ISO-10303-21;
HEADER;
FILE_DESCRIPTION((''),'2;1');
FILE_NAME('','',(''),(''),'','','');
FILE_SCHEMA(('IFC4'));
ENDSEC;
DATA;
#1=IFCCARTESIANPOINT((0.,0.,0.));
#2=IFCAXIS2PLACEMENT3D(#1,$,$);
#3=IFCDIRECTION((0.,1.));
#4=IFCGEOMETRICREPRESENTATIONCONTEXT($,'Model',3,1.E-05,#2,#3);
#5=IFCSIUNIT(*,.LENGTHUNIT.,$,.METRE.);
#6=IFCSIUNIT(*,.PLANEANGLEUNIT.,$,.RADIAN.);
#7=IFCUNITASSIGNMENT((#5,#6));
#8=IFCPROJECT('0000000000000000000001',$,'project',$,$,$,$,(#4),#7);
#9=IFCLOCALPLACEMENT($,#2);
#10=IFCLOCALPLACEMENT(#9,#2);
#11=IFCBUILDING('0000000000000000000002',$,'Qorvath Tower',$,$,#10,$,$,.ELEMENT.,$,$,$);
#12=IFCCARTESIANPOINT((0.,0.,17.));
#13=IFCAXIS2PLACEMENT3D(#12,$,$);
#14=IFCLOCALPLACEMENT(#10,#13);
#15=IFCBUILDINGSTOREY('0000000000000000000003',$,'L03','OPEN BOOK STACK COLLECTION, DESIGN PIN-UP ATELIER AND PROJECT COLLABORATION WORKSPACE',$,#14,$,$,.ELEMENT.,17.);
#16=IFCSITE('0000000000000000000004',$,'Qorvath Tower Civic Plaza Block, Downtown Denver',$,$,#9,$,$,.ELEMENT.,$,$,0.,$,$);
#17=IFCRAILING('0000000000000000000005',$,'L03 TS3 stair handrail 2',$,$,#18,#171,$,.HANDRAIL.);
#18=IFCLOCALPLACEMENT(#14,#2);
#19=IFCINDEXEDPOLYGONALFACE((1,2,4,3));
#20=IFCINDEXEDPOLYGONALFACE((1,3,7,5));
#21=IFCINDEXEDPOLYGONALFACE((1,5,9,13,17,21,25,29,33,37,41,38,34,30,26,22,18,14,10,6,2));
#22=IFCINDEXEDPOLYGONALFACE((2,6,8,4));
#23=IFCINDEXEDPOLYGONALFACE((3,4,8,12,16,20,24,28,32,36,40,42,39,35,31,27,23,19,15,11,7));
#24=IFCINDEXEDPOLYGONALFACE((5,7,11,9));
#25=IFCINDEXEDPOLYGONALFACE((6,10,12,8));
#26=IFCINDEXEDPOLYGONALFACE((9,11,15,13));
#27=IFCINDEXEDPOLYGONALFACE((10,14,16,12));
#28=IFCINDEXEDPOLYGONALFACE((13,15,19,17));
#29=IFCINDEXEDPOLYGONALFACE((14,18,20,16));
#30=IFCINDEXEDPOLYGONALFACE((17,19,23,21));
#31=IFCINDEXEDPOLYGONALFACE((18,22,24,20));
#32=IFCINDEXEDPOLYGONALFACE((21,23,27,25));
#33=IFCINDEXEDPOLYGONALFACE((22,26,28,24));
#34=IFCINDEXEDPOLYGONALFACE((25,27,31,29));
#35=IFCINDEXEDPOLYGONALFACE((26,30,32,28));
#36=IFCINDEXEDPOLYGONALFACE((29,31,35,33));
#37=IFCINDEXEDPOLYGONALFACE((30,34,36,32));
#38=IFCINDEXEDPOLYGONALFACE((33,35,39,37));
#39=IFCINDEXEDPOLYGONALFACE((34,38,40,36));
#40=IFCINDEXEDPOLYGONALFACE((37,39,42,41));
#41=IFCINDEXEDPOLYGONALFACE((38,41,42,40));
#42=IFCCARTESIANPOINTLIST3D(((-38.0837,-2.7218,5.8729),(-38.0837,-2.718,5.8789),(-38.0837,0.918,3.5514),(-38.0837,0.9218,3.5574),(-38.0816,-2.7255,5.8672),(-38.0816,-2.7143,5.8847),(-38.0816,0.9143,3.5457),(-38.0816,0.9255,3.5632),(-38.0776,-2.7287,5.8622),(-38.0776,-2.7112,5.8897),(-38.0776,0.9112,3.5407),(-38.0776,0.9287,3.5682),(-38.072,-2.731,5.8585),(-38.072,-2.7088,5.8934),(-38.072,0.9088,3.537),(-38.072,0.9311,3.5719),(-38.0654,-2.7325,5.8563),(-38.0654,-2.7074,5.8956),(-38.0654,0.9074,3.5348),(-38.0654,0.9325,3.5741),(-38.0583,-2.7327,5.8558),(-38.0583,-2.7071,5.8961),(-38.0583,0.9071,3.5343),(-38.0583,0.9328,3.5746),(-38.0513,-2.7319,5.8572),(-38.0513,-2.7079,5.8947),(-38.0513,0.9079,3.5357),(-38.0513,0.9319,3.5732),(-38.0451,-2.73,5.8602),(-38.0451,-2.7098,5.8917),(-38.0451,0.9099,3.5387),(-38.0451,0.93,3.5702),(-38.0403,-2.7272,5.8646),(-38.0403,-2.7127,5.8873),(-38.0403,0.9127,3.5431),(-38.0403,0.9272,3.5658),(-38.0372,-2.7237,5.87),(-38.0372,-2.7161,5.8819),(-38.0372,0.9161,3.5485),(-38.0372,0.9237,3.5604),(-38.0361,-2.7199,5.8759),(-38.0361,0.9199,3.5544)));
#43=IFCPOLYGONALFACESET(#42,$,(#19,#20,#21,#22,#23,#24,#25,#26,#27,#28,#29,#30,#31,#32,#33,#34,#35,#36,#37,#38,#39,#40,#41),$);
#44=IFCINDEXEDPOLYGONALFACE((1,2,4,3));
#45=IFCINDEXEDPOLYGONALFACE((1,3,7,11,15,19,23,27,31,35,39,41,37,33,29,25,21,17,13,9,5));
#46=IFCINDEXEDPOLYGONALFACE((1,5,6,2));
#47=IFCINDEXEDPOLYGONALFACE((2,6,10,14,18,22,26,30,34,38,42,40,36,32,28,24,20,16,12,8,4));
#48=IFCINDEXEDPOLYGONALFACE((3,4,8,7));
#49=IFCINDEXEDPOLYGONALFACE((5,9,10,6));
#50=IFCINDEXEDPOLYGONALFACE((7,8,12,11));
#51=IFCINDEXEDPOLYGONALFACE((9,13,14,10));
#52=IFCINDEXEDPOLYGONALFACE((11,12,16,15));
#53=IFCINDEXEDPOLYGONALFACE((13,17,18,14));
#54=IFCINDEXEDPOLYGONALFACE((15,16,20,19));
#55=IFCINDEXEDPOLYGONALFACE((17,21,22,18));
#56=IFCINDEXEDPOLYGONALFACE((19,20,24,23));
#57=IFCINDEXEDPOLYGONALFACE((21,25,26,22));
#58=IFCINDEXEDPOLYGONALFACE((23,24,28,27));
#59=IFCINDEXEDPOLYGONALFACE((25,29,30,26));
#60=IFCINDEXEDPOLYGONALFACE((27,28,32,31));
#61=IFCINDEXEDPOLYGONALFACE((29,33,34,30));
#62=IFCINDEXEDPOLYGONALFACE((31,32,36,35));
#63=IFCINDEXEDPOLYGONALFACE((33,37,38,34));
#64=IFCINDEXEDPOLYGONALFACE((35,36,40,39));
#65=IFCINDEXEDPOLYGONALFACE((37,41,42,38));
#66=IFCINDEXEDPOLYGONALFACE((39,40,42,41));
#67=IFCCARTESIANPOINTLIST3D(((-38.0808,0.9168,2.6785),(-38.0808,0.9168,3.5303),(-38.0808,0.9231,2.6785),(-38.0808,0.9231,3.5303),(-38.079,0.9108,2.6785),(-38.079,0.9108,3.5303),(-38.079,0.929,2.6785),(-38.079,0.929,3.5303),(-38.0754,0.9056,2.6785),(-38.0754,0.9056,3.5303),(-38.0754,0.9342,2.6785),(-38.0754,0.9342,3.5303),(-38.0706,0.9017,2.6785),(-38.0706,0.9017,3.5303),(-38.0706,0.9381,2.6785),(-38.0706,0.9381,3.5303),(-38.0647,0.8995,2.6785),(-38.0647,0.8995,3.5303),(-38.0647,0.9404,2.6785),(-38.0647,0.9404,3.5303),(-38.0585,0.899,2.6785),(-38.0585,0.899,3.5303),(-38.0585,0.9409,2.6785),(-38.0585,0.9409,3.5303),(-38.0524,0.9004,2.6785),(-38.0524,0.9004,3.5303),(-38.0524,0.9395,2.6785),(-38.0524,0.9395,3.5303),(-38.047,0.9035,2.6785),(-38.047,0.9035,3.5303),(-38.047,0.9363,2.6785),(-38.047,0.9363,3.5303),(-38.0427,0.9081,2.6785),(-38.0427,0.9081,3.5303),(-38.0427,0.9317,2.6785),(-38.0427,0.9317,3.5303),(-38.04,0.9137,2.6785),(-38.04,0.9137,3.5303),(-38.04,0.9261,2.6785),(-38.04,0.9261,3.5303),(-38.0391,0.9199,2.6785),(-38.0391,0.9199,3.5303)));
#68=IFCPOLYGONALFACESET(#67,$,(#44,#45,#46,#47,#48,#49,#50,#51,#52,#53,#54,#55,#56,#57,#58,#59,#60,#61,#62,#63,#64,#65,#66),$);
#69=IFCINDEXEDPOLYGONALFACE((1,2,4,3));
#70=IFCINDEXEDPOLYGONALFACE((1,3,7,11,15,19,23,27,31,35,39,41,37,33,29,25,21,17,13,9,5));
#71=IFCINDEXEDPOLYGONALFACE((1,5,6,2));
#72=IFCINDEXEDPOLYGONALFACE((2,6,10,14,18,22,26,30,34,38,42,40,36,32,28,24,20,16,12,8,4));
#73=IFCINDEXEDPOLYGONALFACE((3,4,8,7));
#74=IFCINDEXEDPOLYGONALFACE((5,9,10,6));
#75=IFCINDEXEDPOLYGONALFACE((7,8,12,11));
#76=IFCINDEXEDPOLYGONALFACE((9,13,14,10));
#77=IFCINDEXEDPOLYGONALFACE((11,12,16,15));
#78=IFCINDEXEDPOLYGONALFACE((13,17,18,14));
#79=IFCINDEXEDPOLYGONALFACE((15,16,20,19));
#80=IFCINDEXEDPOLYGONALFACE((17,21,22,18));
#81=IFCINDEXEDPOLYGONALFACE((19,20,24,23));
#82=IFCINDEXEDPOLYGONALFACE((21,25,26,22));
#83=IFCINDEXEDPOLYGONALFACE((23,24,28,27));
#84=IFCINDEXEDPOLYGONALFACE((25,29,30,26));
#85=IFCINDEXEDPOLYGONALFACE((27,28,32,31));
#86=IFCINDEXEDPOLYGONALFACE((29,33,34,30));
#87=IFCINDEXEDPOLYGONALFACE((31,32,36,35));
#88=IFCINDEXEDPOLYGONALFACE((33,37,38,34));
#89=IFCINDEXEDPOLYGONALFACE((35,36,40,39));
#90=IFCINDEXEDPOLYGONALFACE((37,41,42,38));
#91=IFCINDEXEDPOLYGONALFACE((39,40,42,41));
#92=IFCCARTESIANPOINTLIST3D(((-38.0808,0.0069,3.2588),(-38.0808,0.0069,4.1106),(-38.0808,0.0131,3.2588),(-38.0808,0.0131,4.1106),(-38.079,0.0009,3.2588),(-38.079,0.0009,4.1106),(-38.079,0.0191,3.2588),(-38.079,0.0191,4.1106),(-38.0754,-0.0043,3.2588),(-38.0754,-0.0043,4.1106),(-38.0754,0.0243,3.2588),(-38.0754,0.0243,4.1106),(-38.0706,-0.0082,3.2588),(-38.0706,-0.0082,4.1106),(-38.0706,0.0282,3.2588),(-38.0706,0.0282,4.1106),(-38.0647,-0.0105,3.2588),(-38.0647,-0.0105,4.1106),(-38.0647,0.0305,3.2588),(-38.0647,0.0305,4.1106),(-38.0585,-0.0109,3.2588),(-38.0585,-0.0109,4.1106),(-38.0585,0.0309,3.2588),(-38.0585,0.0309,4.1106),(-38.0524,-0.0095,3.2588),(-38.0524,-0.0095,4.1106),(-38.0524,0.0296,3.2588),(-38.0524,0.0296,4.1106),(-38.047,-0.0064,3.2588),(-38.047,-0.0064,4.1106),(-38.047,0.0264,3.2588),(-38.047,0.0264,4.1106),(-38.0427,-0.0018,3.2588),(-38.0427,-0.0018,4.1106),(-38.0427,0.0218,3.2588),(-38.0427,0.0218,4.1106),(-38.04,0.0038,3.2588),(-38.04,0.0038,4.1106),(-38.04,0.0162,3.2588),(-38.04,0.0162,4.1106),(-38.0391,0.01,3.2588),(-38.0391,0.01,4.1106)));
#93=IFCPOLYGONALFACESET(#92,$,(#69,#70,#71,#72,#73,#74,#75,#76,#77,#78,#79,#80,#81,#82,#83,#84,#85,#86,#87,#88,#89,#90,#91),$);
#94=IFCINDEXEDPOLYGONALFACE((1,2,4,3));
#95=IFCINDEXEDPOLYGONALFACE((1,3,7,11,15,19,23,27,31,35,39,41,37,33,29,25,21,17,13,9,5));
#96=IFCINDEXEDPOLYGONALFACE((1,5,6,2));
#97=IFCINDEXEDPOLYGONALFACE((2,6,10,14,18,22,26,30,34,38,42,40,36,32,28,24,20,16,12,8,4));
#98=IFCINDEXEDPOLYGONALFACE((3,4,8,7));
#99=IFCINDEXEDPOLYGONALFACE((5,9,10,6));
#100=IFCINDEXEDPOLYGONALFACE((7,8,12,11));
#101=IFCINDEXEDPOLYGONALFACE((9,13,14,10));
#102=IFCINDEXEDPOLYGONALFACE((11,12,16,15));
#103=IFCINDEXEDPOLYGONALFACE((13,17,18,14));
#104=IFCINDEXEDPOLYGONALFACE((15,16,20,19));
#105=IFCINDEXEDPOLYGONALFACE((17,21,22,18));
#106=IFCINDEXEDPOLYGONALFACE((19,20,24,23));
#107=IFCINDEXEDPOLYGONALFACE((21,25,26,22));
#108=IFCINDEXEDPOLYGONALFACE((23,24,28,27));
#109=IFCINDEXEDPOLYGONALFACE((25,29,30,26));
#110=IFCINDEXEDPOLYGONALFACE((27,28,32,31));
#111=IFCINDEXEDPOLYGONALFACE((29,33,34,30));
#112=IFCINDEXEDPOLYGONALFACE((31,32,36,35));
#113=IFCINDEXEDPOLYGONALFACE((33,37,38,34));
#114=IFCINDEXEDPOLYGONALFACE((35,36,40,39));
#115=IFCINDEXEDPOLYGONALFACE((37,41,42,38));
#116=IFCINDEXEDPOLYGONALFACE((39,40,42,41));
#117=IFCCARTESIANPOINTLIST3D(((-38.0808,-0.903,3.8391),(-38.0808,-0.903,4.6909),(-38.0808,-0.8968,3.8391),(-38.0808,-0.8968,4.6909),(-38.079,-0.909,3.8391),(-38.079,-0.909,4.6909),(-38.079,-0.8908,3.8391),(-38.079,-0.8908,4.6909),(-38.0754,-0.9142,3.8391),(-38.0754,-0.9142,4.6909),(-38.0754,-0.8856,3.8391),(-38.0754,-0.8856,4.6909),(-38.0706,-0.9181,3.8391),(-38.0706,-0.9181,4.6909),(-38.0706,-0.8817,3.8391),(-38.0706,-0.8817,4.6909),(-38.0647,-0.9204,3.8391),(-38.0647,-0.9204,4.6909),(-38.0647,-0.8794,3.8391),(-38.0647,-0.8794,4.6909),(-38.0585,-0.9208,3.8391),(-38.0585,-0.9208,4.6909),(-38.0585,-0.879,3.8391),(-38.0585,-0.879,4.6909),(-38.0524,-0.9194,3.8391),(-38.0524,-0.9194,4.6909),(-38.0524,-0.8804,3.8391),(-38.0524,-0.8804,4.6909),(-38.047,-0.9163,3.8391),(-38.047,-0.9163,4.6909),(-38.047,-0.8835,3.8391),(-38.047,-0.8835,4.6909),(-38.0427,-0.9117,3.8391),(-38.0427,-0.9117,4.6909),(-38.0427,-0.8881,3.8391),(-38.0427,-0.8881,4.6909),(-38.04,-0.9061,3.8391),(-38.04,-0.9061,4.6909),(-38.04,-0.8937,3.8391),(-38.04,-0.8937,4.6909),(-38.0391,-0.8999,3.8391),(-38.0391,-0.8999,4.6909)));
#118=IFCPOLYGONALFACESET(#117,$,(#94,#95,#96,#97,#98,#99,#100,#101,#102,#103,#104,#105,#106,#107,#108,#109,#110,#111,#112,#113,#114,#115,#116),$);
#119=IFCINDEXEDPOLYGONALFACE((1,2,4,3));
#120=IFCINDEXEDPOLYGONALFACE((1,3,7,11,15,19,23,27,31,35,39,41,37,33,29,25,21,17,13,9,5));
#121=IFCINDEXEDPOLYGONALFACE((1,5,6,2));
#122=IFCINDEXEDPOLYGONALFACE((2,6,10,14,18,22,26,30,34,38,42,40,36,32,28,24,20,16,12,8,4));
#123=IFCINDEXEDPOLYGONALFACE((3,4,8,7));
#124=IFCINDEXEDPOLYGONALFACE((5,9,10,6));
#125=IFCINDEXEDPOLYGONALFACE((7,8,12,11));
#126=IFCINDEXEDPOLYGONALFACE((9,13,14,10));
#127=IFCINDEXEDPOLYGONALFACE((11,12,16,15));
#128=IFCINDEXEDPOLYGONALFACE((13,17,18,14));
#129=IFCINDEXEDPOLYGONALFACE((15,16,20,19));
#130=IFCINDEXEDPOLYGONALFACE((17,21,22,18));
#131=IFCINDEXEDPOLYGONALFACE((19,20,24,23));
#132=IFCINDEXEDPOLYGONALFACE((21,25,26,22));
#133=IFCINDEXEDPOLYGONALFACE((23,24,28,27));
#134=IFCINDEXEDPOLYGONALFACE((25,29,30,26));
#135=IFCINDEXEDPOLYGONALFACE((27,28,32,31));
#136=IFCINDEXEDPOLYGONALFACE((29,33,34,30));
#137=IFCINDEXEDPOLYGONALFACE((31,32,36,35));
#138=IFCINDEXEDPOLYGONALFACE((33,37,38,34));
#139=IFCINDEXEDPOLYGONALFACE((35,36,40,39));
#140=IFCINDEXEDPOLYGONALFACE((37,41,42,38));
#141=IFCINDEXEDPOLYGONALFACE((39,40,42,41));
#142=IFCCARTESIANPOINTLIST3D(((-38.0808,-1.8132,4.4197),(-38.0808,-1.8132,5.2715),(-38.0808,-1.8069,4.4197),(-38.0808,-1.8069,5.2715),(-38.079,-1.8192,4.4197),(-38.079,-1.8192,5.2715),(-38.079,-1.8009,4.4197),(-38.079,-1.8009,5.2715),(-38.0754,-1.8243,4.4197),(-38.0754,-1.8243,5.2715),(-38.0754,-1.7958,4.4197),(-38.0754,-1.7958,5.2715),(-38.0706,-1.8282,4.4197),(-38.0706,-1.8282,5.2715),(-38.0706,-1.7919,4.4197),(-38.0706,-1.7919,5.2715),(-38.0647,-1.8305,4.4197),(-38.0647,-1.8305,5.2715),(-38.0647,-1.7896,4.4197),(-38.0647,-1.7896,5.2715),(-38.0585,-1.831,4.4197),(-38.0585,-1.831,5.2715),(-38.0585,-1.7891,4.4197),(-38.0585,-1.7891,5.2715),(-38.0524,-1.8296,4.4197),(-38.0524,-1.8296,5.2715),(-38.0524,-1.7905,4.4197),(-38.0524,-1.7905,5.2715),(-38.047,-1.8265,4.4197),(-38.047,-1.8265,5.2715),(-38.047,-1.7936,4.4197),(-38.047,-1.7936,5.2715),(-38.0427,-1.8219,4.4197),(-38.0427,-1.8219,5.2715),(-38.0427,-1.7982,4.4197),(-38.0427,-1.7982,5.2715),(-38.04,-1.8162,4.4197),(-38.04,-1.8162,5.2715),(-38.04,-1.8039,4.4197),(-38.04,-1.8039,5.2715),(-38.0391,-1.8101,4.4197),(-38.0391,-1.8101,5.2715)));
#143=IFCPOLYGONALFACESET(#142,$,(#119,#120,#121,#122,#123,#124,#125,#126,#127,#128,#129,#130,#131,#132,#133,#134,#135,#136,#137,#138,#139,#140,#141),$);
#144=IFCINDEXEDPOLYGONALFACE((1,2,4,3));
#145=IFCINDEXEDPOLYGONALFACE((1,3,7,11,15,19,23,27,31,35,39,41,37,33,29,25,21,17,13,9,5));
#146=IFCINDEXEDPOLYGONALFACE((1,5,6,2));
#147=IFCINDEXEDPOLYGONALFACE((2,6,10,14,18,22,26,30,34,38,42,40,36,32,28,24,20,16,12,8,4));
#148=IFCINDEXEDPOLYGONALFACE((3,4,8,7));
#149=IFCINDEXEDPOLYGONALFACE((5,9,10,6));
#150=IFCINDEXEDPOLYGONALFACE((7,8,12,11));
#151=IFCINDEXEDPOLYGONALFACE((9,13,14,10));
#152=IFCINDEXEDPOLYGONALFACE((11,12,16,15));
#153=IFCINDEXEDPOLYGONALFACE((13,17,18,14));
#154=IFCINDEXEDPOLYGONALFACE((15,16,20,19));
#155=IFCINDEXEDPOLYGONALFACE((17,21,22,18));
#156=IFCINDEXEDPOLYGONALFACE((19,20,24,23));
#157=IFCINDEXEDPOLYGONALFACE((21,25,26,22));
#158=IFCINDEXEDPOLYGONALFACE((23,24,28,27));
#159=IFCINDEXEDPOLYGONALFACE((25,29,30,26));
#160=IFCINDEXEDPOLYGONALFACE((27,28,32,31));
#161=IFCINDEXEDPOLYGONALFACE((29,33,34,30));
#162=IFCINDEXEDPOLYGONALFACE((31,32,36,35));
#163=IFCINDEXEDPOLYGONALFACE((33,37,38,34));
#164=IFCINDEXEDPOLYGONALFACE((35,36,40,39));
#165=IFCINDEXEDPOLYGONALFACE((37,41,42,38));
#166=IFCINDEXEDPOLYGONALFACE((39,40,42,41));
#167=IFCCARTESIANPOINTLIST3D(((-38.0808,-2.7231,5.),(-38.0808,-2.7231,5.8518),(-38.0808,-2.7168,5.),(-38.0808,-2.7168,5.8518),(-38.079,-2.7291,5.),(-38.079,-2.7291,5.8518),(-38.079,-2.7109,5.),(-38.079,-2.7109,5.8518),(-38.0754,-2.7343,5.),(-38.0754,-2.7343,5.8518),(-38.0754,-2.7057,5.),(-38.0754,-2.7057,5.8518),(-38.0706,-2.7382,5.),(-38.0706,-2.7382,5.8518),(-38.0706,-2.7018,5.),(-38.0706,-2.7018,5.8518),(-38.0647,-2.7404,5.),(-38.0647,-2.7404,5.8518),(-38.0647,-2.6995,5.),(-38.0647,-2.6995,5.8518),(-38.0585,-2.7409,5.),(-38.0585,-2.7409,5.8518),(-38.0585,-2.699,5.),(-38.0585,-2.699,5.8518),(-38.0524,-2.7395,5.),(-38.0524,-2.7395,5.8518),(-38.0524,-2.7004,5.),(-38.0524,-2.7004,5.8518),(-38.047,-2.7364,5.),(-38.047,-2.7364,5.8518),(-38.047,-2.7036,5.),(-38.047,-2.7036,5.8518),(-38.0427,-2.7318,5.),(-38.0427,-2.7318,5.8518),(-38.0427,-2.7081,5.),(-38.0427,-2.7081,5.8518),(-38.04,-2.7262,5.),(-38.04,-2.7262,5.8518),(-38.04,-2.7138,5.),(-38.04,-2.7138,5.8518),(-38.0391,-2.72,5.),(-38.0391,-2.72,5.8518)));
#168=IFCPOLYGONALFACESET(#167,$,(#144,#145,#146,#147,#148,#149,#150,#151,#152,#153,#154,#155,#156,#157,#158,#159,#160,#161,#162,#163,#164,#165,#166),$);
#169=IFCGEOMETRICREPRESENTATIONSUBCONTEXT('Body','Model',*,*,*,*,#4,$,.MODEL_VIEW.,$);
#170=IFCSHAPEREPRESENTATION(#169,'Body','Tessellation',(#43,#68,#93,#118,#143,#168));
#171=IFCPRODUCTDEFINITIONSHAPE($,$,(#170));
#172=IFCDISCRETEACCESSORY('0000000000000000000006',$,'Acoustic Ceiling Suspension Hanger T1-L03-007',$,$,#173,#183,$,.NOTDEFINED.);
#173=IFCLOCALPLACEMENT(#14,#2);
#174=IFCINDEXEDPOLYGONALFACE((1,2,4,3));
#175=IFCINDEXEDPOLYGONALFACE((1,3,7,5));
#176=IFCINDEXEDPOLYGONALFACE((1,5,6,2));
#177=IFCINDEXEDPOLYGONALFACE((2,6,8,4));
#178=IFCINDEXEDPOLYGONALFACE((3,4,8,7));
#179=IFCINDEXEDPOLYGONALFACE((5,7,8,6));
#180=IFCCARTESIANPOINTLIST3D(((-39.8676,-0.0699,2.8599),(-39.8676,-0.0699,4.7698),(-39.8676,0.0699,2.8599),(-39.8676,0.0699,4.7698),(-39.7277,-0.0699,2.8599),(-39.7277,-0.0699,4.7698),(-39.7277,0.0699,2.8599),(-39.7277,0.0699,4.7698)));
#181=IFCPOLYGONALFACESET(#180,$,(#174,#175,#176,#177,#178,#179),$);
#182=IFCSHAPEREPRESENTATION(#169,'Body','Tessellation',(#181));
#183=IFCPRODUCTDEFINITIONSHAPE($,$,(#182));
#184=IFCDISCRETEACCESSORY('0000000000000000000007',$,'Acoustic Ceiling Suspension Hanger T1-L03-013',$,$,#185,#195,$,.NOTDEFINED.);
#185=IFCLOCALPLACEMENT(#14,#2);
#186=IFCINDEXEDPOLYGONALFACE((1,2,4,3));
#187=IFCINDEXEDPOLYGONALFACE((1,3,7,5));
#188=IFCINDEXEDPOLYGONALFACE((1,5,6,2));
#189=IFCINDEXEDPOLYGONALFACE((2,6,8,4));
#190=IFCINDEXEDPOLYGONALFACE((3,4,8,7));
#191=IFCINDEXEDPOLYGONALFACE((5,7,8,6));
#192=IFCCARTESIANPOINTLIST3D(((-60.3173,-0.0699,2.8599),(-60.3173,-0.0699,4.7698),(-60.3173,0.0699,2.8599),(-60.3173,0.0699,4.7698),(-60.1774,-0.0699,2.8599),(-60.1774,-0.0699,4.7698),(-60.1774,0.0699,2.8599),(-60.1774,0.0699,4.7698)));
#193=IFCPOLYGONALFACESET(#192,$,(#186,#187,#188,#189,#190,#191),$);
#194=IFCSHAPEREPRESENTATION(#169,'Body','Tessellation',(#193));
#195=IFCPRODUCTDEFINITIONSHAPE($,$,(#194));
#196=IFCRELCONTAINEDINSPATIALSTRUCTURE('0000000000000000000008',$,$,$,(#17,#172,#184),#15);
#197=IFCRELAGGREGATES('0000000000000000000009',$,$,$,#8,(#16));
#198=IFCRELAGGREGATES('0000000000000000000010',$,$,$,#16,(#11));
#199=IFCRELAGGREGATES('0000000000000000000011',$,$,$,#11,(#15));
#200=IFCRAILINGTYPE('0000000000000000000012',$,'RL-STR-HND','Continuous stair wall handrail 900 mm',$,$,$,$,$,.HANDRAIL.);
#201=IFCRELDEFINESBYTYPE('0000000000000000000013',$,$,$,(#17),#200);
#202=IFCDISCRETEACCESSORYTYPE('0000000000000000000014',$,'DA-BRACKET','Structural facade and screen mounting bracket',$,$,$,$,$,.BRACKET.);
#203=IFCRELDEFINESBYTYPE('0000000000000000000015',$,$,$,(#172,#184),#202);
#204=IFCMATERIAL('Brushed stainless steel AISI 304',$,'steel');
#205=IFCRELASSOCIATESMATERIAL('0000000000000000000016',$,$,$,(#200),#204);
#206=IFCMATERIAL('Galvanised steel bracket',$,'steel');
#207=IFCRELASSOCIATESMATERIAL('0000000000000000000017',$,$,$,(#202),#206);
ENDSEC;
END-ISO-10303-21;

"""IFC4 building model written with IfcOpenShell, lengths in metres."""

from ifc_helpers import new_model, si_unit, direction, frame, origin, origin_2d, place, context, subcontext, project, spatial, rectangle, circle, extrude, material, type_object, element, save


model = new_model("IFC4")

# Units and contexts
model_context = context("Model", 3, precision=1e-05, world=origin(), true_north=direction((0.0, 1.0)))
body_context = subcontext(model_context, "Body", "Model", "MODEL_VIEW")
ifc_project = project(units=[si_unit("LENGTHUNIT", "METRE"), si_unit("PLANEANGLEUNIT", "RADIAN")], contexts=[model_context])

# Site, building, storey
site_placement = place(None, origin())
site = spatial("IfcSite", under=ifc_project, at=site_placement, Name="Qorvath Tower Civic Plaza Block, Downtown Denver", CompositionType="ELEMENT", RefElevation=0.0)
building_placement = place(site_placement, origin())
building = spatial("IfcBuilding", under=site, at=building_placement, Name="Qorvath Tower", CompositionType="ELEMENT")
storey_placement = place(building_placement, frame((0.0, 0.0, 17.0)))
storey = spatial("IfcBuildingStorey", under=building, at=storey_placement, Name="L03", Description="OPEN BOOK STACK COLLECTION, DESIGN PIN-UP ATELIER AND PROJECT COLLABORATION WORKSPACE", CompositionType="ELEMENT", Elevation=17.0)

# Railing
ifc_material_1 = material(Name="Brushed stainless steel AISI 304", Category="steel")
railing_type_1 = type_object("IfcRailingType", Name="RL-STR-HND", Description="Continuous stair wall handrail 900 mm", PredefinedType="HANDRAIL", material=ifc_material_1)
railing_1_placement = place(storey_placement, frame((-38.0601, 0.9199, 2.6785)))
element("IfcRailing", 1, at=railing_1_placement, inside=storey, type_object=railing_type_1, Name="L03 TS3 stair handrail 2", PredefinedType="HANDRAIL", context=body_context, shape_type="SweptSolid", body=[
    extrude(circle(Radius=0.0239, at=origin_2d()), frame((0.0, 0.0, 0.876), z_axis=(0.0, -0.843112, 0.537739), x_axis=(1.0, 0.0, 0.0)), (0.0, 0.0, 1.0), 4.3171),
    extrude(circle(Radius=0.021, at=origin_2d()), origin(), (0.0, 0.0, 1.0), 0.8518),
    extrude(circle(Radius=0.021, at=origin_2d()), frame((0.0, -0.9099, 0.5803)), (0.0, 0.0, 1.0), 0.8518),
    extrude(circle(Radius=0.021, at=origin_2d()), frame((0.0, -1.8198, 1.1606)), (0.0, 0.0, 1.0), 0.8518),
    extrude(circle(Radius=0.021, at=origin_2d()), frame((0.0, -2.73, 1.7412)), (0.0, 0.0, 1.0), 0.8518),
    extrude(circle(Radius=0.021, at=origin_2d()), frame((0.0, -3.6399, 2.3215)), (0.0, 0.0, 1.0), 0.8518),
])

# Discrete accessories
ifc_material_2 = material(Name="Galvanised steel bracket", Category="steel")
discrete_accessory_type = type_object("IfcDiscreteAccessoryType", Name="DA-BRACKET", Description="Structural facade and screen mounting bracket", PredefinedType="BRACKET", material=ifc_material_2)
for number, where, z_axis, x_axis, name in (
    (2, (-39.7976, 0.0, 2.8599), (0.0, 0.0, 1.0), (1.0, 0.0, 0.0), "Acoustic Ceiling Suspension Hanger T1-L03-007"),
    (3, (-60.2473, 0.0, 2.8599), (0.0, 0.0, 1.0), (1.0, 0.0, 0.0), "Acoustic Ceiling Suspension Hanger T1-L03-013"),
):
    element("IfcDiscreteAccessory", number, at=place(storey_placement, frame(where, z_axis=z_axis, x_axis=x_axis)), inside=storey, type_object=discrete_accessory_type, Name=name, PredefinedType="NOTDEFINED", context=body_context, shape_type="SweptSolid", body=[
        extrude(rectangle(XDim=0.1399, YDim=0.1399, at=origin_2d()), origin(), (0.0, 0.0, 1.0), 1.9099),
    ])

save(model, "model.ifc")
